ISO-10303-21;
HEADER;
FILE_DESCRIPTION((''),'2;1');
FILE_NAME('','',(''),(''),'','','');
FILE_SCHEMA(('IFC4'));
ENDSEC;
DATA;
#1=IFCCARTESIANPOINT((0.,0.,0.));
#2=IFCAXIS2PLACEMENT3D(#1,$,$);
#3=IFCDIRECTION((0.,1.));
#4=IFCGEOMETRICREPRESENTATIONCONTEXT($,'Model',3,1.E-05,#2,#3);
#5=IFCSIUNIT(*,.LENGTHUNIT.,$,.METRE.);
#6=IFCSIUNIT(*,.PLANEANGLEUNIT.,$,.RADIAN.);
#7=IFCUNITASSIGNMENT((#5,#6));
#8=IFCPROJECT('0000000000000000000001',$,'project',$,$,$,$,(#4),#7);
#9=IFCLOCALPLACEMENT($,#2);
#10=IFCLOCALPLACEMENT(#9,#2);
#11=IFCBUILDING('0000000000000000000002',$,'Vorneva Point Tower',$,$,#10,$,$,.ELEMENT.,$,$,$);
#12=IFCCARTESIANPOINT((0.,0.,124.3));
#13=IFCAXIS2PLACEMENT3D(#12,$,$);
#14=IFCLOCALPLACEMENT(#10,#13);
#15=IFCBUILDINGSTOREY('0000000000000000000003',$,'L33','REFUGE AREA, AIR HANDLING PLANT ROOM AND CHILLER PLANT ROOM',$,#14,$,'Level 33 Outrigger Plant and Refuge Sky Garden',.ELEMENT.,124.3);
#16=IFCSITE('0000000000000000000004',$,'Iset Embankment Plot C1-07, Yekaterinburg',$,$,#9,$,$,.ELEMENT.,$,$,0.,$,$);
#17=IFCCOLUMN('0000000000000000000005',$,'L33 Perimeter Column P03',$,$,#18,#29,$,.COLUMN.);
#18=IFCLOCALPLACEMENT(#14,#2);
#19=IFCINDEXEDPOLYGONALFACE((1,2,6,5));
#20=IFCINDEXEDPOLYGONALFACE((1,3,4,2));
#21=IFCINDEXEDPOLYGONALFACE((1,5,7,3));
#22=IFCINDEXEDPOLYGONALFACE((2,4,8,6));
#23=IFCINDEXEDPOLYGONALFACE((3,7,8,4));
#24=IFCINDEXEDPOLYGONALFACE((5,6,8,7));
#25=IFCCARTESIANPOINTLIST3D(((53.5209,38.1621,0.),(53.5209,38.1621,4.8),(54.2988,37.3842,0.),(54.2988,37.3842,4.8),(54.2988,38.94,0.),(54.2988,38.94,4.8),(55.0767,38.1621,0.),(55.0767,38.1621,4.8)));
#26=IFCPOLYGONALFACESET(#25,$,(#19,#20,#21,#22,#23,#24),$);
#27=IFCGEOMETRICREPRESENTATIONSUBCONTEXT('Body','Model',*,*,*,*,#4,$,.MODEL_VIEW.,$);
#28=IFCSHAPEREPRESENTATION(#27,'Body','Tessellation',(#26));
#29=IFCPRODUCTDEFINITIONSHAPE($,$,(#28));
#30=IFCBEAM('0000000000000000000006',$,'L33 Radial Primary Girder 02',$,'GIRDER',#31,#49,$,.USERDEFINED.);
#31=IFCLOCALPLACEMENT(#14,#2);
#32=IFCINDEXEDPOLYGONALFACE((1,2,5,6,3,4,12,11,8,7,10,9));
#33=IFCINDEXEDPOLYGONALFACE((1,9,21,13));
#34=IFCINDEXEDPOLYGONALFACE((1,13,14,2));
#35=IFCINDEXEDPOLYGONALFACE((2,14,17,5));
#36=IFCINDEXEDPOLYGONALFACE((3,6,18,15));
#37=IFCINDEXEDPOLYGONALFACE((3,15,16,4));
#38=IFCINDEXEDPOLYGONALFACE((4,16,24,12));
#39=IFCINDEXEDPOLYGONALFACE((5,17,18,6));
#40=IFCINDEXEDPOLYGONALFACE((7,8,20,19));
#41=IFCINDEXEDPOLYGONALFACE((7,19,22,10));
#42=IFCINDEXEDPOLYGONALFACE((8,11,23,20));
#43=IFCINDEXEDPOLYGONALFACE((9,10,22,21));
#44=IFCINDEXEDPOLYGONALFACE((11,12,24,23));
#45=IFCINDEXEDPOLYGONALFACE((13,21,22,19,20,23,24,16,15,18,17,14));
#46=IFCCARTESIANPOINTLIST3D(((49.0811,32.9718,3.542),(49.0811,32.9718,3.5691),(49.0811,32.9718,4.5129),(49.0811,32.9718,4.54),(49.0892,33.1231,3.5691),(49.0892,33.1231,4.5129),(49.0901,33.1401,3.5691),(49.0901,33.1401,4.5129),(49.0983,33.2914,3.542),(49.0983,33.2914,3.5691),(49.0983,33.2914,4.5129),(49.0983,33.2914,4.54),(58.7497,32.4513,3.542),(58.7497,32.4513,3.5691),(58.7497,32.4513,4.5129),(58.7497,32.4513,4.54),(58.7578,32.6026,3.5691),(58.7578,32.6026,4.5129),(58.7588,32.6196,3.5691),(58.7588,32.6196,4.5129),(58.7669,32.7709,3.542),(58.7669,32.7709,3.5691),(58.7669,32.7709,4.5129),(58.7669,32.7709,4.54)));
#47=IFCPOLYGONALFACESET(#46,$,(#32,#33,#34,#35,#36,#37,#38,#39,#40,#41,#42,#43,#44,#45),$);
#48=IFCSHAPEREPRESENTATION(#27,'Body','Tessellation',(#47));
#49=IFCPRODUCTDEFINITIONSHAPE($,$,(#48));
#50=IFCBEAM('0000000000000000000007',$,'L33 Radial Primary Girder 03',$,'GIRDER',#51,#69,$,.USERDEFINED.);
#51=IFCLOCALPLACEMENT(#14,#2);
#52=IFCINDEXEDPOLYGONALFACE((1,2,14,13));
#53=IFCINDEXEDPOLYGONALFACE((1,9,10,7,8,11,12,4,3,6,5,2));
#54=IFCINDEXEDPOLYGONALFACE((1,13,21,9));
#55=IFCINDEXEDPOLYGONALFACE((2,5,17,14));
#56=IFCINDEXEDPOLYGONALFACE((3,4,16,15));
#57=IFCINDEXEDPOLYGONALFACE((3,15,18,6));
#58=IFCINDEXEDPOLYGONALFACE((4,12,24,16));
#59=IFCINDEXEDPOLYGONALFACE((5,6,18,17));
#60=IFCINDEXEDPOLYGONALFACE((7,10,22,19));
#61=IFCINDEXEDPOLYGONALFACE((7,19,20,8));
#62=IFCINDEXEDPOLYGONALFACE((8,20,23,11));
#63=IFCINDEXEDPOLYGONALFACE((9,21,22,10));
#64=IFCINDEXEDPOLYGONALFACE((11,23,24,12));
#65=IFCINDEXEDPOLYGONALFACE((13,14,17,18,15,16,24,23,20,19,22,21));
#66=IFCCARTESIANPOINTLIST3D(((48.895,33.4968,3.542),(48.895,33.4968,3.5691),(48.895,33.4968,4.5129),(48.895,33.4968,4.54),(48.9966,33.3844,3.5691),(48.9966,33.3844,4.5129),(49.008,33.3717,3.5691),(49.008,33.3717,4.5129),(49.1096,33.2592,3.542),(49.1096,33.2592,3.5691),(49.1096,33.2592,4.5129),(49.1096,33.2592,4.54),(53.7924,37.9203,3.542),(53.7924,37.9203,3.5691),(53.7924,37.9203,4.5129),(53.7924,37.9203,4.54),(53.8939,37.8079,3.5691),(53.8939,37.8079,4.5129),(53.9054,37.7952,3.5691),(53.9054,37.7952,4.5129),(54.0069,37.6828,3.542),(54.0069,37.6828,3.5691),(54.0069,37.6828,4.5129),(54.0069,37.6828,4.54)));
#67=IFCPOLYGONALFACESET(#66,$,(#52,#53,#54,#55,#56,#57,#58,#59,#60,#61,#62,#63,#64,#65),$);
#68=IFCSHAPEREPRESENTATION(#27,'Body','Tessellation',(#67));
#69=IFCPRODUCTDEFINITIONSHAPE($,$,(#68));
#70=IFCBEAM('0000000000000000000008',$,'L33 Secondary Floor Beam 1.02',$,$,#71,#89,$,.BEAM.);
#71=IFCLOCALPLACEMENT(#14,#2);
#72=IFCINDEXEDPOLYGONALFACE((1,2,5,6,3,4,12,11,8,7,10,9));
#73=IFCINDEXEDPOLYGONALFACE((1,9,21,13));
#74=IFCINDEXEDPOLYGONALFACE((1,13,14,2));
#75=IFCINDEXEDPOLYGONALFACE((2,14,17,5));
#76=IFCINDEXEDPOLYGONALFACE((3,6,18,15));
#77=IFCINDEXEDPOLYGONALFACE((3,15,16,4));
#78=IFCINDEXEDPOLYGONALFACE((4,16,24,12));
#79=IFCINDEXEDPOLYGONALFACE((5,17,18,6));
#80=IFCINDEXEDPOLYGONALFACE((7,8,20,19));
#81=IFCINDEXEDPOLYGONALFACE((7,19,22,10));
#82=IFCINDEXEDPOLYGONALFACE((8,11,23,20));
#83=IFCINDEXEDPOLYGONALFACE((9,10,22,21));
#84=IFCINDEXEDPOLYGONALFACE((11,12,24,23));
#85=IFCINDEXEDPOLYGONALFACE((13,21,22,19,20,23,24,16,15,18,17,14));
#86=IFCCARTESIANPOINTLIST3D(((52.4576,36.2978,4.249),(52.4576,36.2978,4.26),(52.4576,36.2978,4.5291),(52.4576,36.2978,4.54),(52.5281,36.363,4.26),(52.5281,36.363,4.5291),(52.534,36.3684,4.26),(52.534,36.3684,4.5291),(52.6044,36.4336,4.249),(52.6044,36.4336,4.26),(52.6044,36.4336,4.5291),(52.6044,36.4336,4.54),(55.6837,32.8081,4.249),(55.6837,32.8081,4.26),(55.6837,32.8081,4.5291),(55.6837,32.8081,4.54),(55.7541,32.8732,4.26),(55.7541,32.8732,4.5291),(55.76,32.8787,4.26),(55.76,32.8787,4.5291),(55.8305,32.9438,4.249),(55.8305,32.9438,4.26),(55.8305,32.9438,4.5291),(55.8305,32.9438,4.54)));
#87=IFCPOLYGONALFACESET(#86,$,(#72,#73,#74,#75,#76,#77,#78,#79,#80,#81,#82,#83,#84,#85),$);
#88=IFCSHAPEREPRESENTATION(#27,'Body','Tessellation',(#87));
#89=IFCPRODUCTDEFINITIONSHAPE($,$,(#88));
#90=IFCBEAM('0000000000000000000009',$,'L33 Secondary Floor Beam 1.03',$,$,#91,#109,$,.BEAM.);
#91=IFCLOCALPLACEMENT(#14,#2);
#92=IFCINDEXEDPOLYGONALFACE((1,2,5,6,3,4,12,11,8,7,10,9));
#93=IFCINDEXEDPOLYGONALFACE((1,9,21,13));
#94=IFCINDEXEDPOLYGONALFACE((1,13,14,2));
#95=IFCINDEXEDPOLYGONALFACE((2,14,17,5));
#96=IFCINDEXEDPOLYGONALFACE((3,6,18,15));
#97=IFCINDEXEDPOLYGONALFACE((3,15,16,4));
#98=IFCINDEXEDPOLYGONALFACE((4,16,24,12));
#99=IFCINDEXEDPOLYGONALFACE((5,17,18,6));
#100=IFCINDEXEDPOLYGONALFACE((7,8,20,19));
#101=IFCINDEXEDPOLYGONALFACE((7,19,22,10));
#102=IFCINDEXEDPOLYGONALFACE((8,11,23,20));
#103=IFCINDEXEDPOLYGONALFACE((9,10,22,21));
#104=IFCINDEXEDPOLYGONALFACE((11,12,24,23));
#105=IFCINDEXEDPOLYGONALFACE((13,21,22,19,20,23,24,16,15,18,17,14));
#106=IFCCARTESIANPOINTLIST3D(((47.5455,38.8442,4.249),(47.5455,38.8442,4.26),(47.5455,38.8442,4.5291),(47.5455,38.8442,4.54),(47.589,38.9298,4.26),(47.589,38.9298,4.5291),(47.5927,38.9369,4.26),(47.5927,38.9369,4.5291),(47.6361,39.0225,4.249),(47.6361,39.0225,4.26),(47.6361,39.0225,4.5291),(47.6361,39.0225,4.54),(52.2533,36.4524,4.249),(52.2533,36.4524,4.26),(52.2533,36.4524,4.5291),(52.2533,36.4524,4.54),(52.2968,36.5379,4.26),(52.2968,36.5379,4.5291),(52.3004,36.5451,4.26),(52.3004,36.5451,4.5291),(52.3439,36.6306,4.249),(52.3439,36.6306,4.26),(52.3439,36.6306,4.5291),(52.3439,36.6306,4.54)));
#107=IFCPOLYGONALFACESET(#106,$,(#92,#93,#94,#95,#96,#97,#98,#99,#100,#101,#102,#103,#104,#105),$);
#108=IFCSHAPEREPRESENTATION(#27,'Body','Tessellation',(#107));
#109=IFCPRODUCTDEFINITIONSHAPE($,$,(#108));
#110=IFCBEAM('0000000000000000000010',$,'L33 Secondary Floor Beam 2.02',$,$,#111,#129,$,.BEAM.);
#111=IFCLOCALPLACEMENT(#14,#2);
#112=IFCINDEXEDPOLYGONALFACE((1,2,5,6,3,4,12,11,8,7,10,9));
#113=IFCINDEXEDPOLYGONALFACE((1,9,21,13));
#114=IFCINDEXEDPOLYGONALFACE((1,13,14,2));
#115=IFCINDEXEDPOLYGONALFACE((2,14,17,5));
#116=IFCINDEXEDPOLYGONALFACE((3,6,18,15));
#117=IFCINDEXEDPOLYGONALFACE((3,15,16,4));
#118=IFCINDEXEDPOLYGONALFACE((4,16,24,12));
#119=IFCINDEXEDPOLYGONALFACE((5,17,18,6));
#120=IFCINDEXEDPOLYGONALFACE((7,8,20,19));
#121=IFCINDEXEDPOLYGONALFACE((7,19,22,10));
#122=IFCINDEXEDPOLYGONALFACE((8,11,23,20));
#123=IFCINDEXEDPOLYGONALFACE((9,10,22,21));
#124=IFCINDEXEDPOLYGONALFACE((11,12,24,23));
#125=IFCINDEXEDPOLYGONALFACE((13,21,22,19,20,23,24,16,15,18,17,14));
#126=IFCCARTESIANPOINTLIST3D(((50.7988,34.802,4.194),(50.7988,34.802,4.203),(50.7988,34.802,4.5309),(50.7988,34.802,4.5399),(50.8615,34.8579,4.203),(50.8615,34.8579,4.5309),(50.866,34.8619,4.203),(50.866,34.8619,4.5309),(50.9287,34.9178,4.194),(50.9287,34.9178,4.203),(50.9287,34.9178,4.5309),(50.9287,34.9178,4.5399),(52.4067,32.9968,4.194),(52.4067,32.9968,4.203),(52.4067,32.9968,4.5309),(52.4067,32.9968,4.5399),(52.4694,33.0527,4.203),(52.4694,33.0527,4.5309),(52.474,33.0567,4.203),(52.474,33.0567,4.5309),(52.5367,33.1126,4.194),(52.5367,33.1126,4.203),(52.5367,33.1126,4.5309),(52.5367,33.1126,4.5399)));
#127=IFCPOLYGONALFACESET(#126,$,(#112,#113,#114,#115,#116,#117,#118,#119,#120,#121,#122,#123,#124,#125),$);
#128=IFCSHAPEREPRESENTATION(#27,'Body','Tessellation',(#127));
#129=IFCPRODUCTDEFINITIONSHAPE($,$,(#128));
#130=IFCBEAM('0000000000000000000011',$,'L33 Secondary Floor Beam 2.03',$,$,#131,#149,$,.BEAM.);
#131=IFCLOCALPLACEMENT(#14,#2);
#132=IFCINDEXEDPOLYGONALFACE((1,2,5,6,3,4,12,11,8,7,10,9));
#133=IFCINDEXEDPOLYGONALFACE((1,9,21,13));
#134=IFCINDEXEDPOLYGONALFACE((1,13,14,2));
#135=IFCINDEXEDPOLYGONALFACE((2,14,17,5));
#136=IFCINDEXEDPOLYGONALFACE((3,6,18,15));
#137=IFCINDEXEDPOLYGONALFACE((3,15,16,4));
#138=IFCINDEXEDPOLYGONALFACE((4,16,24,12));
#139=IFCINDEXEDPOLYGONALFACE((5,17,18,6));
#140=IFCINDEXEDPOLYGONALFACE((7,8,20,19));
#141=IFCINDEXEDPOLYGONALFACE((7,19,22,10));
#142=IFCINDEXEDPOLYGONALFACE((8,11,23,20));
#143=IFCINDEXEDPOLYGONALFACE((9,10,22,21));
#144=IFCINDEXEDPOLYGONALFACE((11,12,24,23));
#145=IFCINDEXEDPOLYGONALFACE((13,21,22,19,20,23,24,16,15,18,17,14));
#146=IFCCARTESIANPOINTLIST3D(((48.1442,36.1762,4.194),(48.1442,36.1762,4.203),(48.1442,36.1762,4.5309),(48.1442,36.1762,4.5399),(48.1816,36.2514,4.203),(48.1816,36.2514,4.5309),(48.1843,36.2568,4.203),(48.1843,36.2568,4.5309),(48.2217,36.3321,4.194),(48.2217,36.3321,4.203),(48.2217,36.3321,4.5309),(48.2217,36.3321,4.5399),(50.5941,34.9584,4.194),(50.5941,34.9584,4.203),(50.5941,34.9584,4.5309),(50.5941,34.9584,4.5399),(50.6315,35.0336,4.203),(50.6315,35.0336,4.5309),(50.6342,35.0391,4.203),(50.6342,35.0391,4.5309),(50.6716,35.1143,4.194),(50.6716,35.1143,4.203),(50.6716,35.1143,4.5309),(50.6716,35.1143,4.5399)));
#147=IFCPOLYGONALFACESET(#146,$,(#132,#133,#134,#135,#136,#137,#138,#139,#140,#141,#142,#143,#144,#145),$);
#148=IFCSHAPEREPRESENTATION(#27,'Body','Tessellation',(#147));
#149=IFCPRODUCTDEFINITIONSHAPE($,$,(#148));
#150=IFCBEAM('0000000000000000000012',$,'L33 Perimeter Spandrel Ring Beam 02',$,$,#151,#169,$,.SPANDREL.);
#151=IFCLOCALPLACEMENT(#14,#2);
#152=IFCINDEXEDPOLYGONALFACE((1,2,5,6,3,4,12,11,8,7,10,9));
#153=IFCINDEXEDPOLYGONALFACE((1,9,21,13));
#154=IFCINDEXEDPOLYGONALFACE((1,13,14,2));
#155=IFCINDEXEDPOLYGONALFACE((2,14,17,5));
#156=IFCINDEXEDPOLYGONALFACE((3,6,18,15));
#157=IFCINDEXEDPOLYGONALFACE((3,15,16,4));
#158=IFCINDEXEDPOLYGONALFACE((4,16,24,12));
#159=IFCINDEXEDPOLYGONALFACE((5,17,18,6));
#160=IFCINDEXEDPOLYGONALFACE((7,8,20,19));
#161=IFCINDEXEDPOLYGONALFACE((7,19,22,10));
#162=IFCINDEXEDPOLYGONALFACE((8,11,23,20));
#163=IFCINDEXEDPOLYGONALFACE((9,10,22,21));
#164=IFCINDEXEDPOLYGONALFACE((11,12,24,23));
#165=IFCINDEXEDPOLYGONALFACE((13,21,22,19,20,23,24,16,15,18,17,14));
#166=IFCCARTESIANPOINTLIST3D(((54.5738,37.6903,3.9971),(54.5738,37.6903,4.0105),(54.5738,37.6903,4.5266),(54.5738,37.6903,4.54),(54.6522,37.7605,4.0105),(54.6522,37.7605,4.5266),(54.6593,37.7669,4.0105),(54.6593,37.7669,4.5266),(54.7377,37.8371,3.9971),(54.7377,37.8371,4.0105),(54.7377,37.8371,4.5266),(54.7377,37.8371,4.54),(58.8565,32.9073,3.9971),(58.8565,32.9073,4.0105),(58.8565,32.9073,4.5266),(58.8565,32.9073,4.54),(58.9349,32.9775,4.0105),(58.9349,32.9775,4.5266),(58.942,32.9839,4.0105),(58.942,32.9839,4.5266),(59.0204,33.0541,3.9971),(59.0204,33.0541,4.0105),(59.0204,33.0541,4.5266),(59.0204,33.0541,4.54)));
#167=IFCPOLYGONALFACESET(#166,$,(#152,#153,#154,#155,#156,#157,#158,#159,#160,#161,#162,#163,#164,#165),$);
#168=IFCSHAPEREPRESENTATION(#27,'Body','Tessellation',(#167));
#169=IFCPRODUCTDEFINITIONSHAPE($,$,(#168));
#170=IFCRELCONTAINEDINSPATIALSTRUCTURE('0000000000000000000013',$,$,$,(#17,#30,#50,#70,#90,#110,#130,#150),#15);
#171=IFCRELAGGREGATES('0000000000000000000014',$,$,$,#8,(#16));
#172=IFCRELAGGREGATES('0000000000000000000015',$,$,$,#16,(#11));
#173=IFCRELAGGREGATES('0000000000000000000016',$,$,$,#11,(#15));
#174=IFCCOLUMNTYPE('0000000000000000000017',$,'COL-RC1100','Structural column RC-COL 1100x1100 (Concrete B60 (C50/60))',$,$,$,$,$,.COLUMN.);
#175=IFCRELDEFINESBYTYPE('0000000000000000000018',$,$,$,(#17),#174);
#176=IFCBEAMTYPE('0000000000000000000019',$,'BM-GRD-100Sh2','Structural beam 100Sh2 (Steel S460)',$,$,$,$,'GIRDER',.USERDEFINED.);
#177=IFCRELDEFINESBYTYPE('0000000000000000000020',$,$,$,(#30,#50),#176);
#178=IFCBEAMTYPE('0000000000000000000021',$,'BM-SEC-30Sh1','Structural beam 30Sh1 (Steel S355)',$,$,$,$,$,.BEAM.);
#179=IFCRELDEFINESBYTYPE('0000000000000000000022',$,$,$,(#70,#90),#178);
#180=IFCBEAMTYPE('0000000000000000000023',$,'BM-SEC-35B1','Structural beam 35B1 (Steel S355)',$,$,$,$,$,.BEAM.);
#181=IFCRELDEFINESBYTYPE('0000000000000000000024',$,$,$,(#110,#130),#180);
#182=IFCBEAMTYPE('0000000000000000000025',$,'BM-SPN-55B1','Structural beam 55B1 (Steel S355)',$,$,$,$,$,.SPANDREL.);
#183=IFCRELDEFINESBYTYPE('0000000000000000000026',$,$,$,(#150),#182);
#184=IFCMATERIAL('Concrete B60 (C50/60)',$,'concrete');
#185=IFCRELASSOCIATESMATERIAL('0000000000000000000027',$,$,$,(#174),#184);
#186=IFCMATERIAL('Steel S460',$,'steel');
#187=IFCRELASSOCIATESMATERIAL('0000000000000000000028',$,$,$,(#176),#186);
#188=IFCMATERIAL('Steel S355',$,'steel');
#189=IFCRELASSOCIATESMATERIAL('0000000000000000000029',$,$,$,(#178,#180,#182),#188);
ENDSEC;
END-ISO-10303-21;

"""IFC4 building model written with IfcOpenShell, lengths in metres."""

from ifc_helpers import new_model, si_unit, direction, frame, origin, origin_2d, place, context, subcontext, project, spatial, rectangle, i_section, extrude, material, material_profile, profile_set, type_object, element, save


model = new_model("IFC4")

# Units and contexts
model_context = context("Model", 3, precision=1e-05, world=origin(), true_north=direction((0.0, 1.0)))
body_context = subcontext(model_context, "Body", "Model", "MODEL_VIEW")
ifc_project = project(units=[si_unit("LENGTHUNIT", "METRE"), si_unit("PLANEANGLEUNIT", "RADIAN")], contexts=[model_context])

# Site, building, storey
site_placement = place(None, origin())
site = spatial("IfcSite", under=ifc_project, at=site_placement, Name="Iset Embankment Plot C1-07, Yekaterinburg", CompositionType="ELEMENT", RefElevation=0.0)
building_placement = place(site_placement, origin())
building = spatial("IfcBuilding", under=site, at=building_placement, Name="Vorneva Point Tower", CompositionType="ELEMENT")
storey_placement = place(building_placement, frame((0.0, 0.0, 124.3)))
storey = spatial("IfcBuildingStorey", under=building, at=storey_placement, Name="L33", Description="REFUGE AREA, AIR HANDLING PLANT ROOM AND CHILLER PLANT ROOM", LongName="Level 33 Outrigger Plant and Refuge Sky Garden", CompositionType="ELEMENT", Elevation=124.3)

# Column
ifc_material_1 = material(Name="Concrete B60 (C50/60)", Category="concrete")
ifc_material_profile_1 = material_profile(ifc_material_1, rectangle(XDim=1.1001, YDim=1.1001, at=origin_2d()), Name="RC-COL 1100x1100")
ifc_profile_set_1 = profile_set([ifc_material_profile_1], Name="Concrete B60 (C50/60)")
column_type = type_object("IfcColumnType", Name="COL-RC1100", Description="Structural column RC-COL 1100x1100 (Concrete B60 (C50/60))", PredefinedType="COLUMN", material=ifc_profile_set_1)
column_placement = place(storey_placement, frame((54.2988, 38.1621, 0.0), z_axis=(0.0, 0.0, 1.0), x_axis=(0.707107, 0.707107, 0.0)))
element("IfcColumn", 1, at=column_placement, inside=storey, type_object=column_type, Name="L33 Perimeter Column P03", PredefinedType="COLUMN", context=body_context, shape_type="SweptSolid", body=[
    extrude(rectangle(XDim=1.1001, YDim=1.1001, at=origin_2d()), origin(), (0.0, 0.0, 1.0), 4.8),
])

# Beams
ifc_material_2 = material(Name="Steel S460", Category="steel")
ifc_material_profile_2 = material_profile(ifc_material_2, i_section(OverallWidth=0.3201, OverallDepth=0.998, WebThickness=0.0171, FlangeThickness=0.0271, at=origin_2d()), Name="100Sh2")
ifc_profile_set_2 = profile_set([ifc_material_profile_2], Name="Steel S460")
beam_type_1 = type_object("IfcBeamType", Name="BM-GRD-100Sh2", Description="Structural beam 100Sh2 (Steel S460)", ElementType="GIRDER", PredefinedType="USERDEFINED", material=ifc_profile_set_2)
beam_1_placement = place(storey_placement, frame((58.7583, 32.6111, 4.041), z_axis=(-0.998554, 0.053756, 0.0), x_axis=(-0.053756, -0.998554, 0.0)))
element("IfcBeam", 2, at=beam_1_placement, inside=storey, type_object=beam_type_1, Name="L33 Radial Primary Girder 02", ObjectType="GIRDER", PredefinedType="USERDEFINED", context=body_context, shape_type="SweptSolid", body=[
    extrude(i_section(OverallWidth=0.3201, OverallDepth=0.998, WebThickness=0.0171, FlangeThickness=0.0271, at=origin_2d()), origin(), (0.0, 0.0, 1.0), 9.6826),
])
beam_2_placement = place(storey_placement, frame((53.8997, 37.8015, 4.041), z_axis=(-0.742097, -0.670292, 0.0), x_axis=(0.670292, -0.742097, 0.0)))
element("IfcBeam", 3, at=beam_2_placement, inside=storey, type_object=beam_type_1, Name="L33 Radial Primary Girder 03", ObjectType="GIRDER", PredefinedType="USERDEFINED", context=body_context, shape_type="SweptSolid", body=[
    extrude(i_section(OverallWidth=0.3201, OverallDepth=0.998, WebThickness=0.0171, FlangeThickness=0.0271, at=origin_2d()), origin(), (0.0, 0.0, 1.0), 6.5994),
])
ifc_material_3 = material(Name="Steel S355", Category="steel")
ifc_material_profile_3 = material_profile(ifc_material_3, i_section(OverallWidth=0.2, OverallDepth=0.291, WebThickness=0.0081, FlangeThickness=0.011, at=origin_2d()), Name="30Sh1")
ifc_profile_set_3 = profile_set([ifc_material_profile_3], Name="Steel S355")
beam_type_2 = type_object("IfcBeamType", Name="BM-SEC-30Sh1", Description="Structural beam 30Sh1 (Steel S355)", PredefinedType="BEAM", material=ifc_profile_set_3)
beam_3_placement = place(storey_placement, frame((55.7571, 32.876, 4.3945), z_axis=(-0.678822, 0.734303, 0.0), x_axis=(-0.734303, -0.678822, 0.0)))
element("IfcBeam", 4, at=beam_3_placement, inside=storey, type_object=beam_type_2, Name="L33 Secondary Floor Beam 1.02", PredefinedType="BEAM", context=body_context, shape_type="SweptSolid", body=[
    extrude(i_section(OverallWidth=0.2, OverallDepth=0.291, WebThickness=0.0081, FlangeThickness=0.011, at=origin_2d()), origin(), (0.0, 0.0, 1.0), 4.7524),
])
beam_4_placement = place(storey_placement, frame((52.2986, 36.5415, 4.3945), z_axis=(-0.891533, 0.452956, 0.0), x_axis=(-0.452956, -0.891533, 0.0)))
element("IfcBeam", 5, at=beam_4_placement, inside=storey, type_object=beam_type_2, Name="L33 Secondary Floor Beam 1.03", PredefinedType="BEAM", context=body_context, shape_type="SweptSolid", body=[
    extrude(i_section(OverallWidth=0.2, OverallDepth=0.291, WebThickness=0.0081, FlangeThickness=0.011, at=origin_2d()), origin(), (0.0, 0.0, 1.0), 5.2805),
])
ifc_material_profile_4 = material_profile(ifc_material_3, i_section(OverallWidth=0.1741, OverallDepth=0.3459, WebThickness=0.0061, FlangeThickness=0.009, at=origin_2d()), Name="35B1")
ifc_profile_set_4 = profile_set([ifc_material_profile_4], Name="Steel S355")
beam_type_3 = type_object("IfcBeamType", Name="BM-SEC-35B1", Description="Structural beam 35B1 (Steel S355)", PredefinedType="BEAM", material=ifc_profile_set_4)
beam_5_placement = place(storey_placement, frame((52.4717, 33.0547, 4.3669), z_axis=(-0.665128, 0.746729, 0.0), x_axis=(-0.746729, -0.665128, 0.0)))
element("IfcBeam", 6, at=beam_5_placement, inside=storey, type_object=beam_type_3, Name="L33 Secondary Floor Beam 2.02", PredefinedType="BEAM", context=body_context, shape_type="SweptSolid", body=[
    extrude(i_section(OverallWidth=0.1741, OverallDepth=0.3459, WebThickness=0.0061, FlangeThickness=0.009, at=origin_2d()), origin(), (0.0, 0.0, 1.0), 2.4175),
])
beam_6_placement = place(storey_placement, frame((50.6328, 35.0364, 4.3669), z_axis=(-0.895478, 0.445106, 0.0), x_axis=(-0.445106, -0.895478, 0.0)))
element("IfcBeam", 7, at=beam_6_placement, inside=storey, type_object=beam_type_3, Name="L33 Secondary Floor Beam 2.03", PredefinedType="BEAM", context=body_context, shape_type="SweptSolid", body=[
    extrude(i_section(OverallWidth=0.1741, OverallDepth=0.3459, WebThickness=0.0061, FlangeThickness=0.009, at=origin_2d()), origin(), (0.0, 0.0, 1.0), 2.7358),
])
ifc_material_profile_5 = material_profile(ifc_material_3, i_section(OverallWidth=0.22, OverallDepth=0.543, WebThickness=0.0095, FlangeThickness=0.0134, at=origin_2d()), Name="55B1")
ifc_profile_set_5 = profile_set([ifc_material_profile_5], Name="Steel S355")
beam_type_4 = type_object("IfcBeamType", Name="BM-SPN-55B1", Description="Structural beam 55B1 (Steel S355)", PredefinedType="SPANDREL", material=ifc_profile_set_5)
beam_7_placement = place(storey_placement, frame((58.9385, 32.9807, 4.2686), z_axis=(-0.667074, 0.744992, 0.0), x_axis=(-0.744992, -0.667074, 0.0)))
element("IfcBeam", 8, at=beam_7_placement, inside=storey, type_object=beam_type_4, Name="L33 Perimeter Spandrel Ring Beam 02", PredefinedType="SPANDREL", context=body_context, shape_type="SweptSolid", body=[
    extrude(i_section(OverallWidth=0.22, OverallDepth=0.543, WebThickness=0.0095, FlangeThickness=0.0134, at=origin_2d()), origin(), (0.0, 0.0, 1.0), 6.4202),
])

save(model, "model.ifc")
